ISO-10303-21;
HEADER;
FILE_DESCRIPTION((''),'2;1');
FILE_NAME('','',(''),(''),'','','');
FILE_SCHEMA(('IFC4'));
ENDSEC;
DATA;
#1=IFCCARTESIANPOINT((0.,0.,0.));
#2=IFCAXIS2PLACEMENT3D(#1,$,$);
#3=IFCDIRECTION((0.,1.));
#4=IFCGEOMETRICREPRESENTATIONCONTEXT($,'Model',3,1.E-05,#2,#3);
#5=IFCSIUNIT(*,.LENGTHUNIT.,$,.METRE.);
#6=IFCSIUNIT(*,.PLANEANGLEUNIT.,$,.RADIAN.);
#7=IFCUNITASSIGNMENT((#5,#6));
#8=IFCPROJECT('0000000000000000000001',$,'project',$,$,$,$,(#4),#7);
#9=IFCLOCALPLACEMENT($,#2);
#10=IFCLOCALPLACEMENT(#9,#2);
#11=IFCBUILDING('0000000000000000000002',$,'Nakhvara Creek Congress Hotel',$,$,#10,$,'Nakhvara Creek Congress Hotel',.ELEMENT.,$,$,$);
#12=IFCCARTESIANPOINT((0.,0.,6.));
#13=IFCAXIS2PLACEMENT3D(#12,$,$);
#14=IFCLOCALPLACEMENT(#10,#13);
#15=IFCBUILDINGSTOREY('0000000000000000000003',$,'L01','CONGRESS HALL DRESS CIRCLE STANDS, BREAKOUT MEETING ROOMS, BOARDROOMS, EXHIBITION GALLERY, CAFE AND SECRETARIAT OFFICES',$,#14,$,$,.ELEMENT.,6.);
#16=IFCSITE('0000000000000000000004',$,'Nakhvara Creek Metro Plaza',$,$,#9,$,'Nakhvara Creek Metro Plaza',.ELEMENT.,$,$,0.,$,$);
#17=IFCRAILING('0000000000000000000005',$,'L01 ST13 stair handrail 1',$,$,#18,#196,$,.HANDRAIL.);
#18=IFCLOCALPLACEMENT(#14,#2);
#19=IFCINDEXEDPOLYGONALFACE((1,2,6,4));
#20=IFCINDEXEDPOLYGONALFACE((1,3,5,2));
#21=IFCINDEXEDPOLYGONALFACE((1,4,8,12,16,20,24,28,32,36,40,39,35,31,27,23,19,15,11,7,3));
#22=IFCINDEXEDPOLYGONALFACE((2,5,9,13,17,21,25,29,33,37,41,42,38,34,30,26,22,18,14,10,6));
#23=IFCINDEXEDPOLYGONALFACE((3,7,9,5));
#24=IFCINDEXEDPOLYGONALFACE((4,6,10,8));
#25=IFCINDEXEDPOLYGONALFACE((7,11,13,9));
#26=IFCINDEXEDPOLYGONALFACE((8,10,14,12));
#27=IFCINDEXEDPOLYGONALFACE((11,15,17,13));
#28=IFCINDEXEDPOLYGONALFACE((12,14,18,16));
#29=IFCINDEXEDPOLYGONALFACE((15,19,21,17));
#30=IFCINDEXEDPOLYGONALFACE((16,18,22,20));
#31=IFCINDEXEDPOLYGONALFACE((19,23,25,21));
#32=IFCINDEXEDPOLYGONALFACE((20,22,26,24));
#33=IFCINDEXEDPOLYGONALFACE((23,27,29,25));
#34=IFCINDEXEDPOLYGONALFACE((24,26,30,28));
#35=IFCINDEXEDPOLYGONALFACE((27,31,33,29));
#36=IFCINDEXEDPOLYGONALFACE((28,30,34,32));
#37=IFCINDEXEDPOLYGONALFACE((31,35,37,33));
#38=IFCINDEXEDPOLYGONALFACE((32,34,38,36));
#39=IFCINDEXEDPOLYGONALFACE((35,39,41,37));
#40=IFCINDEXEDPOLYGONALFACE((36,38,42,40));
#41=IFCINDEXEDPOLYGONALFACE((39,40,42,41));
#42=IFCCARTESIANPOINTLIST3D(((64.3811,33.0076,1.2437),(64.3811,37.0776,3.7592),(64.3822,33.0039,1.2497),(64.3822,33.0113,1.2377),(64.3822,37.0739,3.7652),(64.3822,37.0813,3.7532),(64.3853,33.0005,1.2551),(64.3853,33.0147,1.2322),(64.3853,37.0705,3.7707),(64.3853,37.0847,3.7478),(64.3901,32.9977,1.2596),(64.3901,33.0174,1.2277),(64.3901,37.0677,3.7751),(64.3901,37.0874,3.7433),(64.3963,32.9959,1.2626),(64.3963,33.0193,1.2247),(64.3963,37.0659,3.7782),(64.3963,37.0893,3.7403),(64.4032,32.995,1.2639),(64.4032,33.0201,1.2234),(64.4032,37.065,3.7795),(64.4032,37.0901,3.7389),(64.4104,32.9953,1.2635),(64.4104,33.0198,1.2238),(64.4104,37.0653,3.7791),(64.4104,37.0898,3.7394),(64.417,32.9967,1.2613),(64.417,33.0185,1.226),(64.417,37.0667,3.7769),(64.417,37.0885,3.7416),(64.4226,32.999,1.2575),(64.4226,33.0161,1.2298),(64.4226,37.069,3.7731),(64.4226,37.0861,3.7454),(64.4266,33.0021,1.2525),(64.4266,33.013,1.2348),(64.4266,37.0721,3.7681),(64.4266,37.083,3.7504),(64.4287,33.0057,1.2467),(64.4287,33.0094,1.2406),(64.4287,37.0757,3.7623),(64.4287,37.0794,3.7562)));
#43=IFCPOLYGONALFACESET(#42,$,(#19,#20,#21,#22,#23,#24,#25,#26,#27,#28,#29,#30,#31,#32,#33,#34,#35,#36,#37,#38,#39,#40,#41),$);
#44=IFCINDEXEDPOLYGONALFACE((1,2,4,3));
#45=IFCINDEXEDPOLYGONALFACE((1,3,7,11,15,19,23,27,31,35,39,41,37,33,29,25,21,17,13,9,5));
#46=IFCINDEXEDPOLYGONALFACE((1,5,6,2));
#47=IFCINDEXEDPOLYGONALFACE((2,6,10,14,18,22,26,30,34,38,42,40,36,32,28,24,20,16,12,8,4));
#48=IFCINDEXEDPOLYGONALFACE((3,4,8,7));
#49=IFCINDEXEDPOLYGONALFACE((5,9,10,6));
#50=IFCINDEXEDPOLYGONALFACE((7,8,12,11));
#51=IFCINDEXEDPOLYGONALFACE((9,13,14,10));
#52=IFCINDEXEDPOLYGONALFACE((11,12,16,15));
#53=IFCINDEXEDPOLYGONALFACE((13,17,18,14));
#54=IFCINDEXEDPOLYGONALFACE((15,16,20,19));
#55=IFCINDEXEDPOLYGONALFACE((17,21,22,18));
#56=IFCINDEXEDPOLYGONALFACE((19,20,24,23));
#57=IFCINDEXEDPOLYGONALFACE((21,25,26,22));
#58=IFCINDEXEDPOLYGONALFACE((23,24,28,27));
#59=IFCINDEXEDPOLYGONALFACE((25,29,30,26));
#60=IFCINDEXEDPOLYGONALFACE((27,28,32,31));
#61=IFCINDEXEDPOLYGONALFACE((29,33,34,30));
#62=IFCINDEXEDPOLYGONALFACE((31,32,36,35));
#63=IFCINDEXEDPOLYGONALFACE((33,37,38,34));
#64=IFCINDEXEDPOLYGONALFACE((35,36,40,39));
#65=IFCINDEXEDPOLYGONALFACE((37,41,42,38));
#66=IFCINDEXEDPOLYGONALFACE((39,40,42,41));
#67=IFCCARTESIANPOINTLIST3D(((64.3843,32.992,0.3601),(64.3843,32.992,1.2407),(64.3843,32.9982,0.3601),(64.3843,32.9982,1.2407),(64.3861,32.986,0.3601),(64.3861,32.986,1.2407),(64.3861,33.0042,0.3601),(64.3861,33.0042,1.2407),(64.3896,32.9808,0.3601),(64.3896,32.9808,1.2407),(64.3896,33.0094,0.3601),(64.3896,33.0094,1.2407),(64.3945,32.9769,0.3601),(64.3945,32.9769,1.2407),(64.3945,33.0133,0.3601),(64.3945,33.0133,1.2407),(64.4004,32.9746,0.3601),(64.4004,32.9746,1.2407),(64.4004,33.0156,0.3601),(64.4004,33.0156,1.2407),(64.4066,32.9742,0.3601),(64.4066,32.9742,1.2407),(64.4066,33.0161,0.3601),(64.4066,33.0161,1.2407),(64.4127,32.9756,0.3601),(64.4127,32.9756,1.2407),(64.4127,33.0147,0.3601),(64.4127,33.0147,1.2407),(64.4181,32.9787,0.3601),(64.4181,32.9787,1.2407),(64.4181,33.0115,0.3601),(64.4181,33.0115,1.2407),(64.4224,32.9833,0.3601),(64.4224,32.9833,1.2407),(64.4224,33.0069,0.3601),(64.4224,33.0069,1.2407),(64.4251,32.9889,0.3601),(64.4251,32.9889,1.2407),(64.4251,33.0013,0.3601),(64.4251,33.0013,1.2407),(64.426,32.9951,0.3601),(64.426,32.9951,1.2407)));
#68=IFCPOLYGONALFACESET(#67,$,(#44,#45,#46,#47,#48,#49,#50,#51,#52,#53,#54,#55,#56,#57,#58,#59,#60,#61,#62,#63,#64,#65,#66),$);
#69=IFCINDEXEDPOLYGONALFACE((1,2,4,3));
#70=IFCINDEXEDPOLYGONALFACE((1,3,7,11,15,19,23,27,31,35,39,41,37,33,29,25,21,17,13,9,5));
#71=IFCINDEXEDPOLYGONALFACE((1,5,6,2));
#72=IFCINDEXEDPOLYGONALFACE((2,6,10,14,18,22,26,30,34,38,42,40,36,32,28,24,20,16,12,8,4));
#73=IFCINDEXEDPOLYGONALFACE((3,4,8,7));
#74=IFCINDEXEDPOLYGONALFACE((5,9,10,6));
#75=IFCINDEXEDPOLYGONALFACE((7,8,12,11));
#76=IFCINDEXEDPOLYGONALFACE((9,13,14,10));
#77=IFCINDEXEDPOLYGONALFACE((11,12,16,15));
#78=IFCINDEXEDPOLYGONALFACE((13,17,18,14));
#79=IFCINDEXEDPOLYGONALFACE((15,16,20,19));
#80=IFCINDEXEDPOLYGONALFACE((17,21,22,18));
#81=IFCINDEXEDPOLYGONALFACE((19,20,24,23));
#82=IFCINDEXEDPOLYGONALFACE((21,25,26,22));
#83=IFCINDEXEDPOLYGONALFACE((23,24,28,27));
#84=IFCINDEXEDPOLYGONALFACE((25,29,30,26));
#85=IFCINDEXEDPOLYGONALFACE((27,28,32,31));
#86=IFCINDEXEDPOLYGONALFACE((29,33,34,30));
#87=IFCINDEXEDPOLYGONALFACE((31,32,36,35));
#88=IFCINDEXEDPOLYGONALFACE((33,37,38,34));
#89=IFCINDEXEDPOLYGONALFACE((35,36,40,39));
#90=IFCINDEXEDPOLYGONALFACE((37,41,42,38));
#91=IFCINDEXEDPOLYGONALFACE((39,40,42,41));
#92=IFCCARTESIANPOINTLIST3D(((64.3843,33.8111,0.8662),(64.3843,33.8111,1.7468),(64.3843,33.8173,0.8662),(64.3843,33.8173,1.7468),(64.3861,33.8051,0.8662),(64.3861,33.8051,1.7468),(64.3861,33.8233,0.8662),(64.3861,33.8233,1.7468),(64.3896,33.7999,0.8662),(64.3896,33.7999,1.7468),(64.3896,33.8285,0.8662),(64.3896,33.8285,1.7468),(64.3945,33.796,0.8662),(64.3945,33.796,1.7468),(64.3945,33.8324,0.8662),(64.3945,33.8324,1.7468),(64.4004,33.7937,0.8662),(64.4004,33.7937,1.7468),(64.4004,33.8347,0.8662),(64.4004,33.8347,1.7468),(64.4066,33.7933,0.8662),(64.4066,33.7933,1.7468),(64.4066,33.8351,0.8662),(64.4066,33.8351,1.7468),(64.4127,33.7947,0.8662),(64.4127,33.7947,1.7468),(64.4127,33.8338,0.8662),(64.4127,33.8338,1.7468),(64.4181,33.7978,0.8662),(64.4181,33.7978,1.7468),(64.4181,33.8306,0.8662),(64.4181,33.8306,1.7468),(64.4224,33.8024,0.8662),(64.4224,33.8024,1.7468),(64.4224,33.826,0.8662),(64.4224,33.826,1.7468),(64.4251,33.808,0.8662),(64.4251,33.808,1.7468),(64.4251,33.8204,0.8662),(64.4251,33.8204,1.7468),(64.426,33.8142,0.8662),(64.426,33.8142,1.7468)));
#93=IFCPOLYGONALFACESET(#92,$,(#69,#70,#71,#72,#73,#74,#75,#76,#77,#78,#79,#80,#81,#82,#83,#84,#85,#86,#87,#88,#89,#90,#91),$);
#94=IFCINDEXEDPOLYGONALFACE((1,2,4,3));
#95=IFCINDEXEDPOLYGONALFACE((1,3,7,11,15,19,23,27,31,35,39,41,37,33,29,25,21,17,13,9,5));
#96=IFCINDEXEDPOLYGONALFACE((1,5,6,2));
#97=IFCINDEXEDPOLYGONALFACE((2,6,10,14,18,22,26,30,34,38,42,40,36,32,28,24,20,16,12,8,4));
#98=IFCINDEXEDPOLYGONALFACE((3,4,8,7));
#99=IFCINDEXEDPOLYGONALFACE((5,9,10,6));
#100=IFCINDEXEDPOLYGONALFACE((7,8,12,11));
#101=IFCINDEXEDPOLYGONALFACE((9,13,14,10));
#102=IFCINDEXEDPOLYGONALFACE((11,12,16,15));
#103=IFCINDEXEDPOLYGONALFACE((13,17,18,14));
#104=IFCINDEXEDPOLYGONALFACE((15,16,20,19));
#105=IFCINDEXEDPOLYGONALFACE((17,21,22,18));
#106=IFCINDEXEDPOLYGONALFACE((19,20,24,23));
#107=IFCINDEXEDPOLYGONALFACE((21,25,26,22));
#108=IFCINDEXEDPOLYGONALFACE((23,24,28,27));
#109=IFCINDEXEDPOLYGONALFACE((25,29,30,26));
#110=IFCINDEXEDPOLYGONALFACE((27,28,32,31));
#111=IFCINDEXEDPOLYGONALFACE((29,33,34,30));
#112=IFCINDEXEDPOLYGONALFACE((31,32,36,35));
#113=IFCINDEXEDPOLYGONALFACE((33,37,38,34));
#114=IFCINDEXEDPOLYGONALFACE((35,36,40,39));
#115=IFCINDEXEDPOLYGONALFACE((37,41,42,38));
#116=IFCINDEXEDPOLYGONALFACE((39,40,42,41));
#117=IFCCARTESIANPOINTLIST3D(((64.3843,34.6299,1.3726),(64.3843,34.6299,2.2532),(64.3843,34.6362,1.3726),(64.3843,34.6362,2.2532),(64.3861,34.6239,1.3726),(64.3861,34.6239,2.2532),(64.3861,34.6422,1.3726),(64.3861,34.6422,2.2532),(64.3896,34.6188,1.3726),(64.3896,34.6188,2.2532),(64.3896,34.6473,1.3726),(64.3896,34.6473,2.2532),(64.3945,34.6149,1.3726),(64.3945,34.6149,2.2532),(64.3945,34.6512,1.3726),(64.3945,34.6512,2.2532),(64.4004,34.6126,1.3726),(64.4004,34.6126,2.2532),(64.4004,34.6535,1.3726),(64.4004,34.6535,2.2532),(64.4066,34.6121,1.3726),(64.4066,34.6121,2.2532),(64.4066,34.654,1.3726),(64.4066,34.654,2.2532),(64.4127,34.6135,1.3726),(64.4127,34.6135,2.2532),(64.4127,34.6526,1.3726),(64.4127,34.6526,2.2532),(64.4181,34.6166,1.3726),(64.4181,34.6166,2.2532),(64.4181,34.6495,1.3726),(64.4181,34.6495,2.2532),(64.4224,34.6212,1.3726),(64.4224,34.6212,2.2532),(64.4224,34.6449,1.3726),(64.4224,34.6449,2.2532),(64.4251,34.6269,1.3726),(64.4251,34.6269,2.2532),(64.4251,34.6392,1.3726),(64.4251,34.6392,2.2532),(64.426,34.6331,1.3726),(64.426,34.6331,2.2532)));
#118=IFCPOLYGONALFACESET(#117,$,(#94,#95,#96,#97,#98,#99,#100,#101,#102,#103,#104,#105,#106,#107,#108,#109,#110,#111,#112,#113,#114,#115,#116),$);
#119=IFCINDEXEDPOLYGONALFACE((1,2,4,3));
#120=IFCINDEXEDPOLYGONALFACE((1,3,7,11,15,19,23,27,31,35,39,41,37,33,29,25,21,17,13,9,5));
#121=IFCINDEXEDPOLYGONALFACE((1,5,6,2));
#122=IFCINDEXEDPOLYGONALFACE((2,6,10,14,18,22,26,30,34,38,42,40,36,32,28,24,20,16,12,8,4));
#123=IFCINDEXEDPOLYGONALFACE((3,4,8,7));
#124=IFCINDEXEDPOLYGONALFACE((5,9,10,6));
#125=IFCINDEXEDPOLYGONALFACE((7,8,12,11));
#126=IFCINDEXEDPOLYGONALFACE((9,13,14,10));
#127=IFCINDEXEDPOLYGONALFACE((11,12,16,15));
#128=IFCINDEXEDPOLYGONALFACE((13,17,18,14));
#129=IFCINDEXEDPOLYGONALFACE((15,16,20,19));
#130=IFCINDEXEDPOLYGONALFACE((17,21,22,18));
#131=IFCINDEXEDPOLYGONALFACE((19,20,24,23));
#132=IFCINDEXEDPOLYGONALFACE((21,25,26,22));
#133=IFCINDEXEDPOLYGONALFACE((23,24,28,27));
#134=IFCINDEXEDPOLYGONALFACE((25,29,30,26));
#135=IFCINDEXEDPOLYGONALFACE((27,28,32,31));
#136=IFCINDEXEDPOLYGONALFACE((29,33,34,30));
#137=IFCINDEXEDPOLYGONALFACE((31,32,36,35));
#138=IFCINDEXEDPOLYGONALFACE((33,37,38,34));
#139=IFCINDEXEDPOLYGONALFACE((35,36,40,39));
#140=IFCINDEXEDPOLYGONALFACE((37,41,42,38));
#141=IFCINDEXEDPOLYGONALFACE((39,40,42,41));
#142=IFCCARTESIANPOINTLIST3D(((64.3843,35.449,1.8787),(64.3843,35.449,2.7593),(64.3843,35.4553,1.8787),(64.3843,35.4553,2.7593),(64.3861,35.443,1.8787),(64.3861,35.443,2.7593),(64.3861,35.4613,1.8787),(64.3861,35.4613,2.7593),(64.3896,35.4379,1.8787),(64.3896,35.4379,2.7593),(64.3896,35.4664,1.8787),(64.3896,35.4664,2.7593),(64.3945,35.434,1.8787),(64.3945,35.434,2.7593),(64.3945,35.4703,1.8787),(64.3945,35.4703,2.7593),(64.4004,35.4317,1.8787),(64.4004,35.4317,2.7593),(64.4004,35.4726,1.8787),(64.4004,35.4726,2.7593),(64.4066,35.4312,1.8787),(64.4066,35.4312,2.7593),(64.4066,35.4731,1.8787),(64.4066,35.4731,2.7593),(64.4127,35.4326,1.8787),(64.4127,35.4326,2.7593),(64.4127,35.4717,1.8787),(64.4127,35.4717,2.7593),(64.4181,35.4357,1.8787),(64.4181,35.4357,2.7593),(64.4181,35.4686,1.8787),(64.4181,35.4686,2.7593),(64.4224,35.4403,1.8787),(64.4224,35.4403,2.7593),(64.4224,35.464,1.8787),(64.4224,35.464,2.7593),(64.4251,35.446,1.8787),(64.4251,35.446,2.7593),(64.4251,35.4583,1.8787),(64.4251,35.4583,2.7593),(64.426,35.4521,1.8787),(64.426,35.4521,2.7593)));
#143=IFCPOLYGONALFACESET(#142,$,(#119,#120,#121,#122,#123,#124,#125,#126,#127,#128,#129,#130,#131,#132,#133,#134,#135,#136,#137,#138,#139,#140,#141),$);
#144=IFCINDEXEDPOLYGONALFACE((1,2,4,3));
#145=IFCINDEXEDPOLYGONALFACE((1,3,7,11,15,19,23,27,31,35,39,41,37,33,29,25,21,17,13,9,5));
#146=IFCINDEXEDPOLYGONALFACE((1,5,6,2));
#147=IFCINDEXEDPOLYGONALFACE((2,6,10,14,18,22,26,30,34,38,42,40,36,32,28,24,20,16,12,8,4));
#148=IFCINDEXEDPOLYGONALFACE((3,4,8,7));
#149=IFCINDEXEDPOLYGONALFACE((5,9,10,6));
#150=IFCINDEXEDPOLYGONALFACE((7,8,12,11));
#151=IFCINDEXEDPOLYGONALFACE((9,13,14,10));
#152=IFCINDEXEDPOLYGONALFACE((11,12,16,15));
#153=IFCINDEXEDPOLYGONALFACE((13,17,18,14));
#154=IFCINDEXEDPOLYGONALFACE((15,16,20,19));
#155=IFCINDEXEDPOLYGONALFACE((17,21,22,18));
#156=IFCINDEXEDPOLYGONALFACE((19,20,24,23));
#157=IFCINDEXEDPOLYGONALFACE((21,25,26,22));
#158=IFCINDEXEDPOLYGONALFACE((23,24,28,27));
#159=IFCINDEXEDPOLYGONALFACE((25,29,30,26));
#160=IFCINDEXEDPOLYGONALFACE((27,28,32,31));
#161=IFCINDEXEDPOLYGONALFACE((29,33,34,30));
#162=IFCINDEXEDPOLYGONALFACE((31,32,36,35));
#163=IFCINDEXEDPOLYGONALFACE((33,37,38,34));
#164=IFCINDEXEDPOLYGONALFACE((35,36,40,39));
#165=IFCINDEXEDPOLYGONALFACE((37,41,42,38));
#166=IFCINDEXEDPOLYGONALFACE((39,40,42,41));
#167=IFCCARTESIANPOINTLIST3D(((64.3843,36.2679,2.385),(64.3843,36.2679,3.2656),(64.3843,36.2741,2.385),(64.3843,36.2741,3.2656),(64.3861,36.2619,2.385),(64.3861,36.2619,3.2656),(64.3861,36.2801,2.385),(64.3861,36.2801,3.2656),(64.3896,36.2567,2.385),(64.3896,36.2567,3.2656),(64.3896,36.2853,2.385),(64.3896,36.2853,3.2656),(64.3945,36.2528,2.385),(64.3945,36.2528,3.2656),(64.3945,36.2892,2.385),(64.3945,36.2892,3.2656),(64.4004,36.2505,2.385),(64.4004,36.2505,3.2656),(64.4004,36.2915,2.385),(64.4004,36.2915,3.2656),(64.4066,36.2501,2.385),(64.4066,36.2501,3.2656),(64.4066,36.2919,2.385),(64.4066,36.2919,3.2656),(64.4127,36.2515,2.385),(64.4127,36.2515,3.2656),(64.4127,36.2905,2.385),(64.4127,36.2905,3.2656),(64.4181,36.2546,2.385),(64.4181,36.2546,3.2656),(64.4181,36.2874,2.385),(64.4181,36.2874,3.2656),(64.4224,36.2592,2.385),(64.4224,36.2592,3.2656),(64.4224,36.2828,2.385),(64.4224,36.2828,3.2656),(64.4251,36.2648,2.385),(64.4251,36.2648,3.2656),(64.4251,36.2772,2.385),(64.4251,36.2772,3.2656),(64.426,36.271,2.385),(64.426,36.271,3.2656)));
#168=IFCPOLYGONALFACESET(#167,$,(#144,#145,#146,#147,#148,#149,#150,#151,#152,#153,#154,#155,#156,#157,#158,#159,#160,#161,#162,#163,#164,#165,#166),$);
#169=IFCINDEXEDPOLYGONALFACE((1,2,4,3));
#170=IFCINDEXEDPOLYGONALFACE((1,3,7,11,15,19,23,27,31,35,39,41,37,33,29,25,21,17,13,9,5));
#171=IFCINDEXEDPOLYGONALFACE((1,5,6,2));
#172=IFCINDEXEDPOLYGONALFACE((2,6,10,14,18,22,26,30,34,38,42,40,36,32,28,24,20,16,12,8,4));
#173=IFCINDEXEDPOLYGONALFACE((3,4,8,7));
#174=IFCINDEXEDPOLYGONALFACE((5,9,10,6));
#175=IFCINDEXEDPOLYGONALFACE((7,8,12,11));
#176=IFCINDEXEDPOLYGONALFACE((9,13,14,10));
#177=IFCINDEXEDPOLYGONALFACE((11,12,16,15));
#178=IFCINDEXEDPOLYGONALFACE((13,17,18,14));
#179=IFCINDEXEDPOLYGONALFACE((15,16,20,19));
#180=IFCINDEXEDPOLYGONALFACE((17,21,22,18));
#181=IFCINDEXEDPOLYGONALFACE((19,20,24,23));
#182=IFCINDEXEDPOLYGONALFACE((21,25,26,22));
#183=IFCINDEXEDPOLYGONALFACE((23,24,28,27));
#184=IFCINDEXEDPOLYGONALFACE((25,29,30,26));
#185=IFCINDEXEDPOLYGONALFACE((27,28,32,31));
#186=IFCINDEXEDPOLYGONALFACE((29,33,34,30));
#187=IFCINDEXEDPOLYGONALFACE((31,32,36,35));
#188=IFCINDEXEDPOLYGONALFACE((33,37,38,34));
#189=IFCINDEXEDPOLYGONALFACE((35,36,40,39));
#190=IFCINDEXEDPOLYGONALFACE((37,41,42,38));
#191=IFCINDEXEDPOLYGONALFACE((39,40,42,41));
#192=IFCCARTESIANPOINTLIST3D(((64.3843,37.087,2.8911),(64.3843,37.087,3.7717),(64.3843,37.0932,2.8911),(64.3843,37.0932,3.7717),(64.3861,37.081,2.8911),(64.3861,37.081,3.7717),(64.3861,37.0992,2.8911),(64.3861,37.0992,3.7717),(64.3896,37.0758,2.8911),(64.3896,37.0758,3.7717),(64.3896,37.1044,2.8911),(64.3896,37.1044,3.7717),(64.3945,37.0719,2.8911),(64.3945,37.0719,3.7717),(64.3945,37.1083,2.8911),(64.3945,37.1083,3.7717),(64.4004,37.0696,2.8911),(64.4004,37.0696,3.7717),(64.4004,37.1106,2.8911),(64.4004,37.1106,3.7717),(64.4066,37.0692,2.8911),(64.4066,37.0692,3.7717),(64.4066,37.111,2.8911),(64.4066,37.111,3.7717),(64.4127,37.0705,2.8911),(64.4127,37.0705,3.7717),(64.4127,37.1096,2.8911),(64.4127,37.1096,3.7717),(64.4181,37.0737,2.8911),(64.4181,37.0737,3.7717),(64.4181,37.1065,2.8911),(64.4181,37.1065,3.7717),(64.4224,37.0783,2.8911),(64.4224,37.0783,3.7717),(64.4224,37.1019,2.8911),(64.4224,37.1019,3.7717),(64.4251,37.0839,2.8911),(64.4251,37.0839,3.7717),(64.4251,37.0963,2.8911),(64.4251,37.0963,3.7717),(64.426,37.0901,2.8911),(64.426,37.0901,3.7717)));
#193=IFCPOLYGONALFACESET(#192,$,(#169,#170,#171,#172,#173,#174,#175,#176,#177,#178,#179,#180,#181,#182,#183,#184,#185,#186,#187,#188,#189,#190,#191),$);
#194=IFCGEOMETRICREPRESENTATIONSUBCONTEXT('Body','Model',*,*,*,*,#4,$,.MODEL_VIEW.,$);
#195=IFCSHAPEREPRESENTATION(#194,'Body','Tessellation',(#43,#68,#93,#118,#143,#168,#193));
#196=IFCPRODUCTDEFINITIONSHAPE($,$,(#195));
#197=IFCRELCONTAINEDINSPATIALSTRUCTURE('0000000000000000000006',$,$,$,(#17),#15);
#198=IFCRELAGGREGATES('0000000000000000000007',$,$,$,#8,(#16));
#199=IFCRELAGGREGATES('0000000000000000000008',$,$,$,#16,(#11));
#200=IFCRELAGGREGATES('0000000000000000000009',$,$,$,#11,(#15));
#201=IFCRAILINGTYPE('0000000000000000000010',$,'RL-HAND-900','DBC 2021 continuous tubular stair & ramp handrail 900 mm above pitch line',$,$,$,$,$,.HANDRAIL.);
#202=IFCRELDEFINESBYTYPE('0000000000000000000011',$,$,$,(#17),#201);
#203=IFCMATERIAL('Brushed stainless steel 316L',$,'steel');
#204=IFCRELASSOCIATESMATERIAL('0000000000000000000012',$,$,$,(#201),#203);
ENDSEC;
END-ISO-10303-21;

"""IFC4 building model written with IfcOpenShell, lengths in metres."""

from ifc_helpers import new_model, si_unit, direction, frame, origin, origin_2d, place, context, subcontext, project, spatial, circle, extrude, material, type_object, element, save


model = new_model("IFC4")

# Units and contexts
model_context = context("Model", 3, precision=1e-05, world=origin(), true_north=direction((0.0, 1.0)))
body_context = subcontext(model_context, "Body", "Model", "MODEL_VIEW")
ifc_project = project(units=[si_unit("LENGTHUNIT", "METRE"), si_unit("PLANEANGLEUNIT", "RADIAN")], contexts=[model_context])

# Site, building, storey
site_placement = place(None, origin())
site = spatial("IfcSite", under=ifc_project, at=site_placement, Name="Nakhvara Creek Metro Plaza", LongName="Nakhvara Creek Metro Plaza", CompositionType="ELEMENT", RefElevation=0.0)
building_placement = place(site_placement, origin())
building = spatial("IfcBuilding", under=site, at=building_placement, Name="Nakhvara Creek Congress Hotel", LongName="Nakhvara Creek Congress Hotel", CompositionType="ELEMENT")
storey_placement = place(building_placement, frame((0.0, 0.0, 6.0)))
storey = spatial("IfcBuildingStorey", under=building, at=storey_placement, Name="L01", Description="CONGRESS HALL DRESS CIRCLE STANDS, BREAKOUT MEETING ROOMS, BOARDROOMS, EXHIBITION GALLERY, CAFE AND SECRETARIAT OFFICES", CompositionType="ELEMENT", Elevation=6.0)

# Railing
ifc_material_1 = material(Name="Brushed stainless steel 316L", Category="steel")
railing_type_1 = type_object("IfcRailingType", Name="RL-HAND-900", Description="DBC 2021 continuous tubular stair & ramp handrail 900 mm above pitch line", PredefinedType="HANDRAIL", material=ifc_material_1)
railing_1_placement = place(storey_placement, frame((64.405, 32.9951, 0.3601)))
element("IfcRailing", 1, at=railing_1_placement, inside=storey, type_object=railing_type_1, Name="L01 ST13 stair handrail 1", PredefinedType="HANDRAIL", context=body_context, shape_type="SweptSolid", body=[
    extrude(circle(Radius=0.0239, at=origin_2d()), frame((0.0, 0.0125, 0.8835), z_axis=(0.0, 0.850635, 0.525757), x_axis=(-1.0, 0.0, 0.0)), (0.0, 0.0, 1.0), 4.7847),
    extrude(circle(Radius=0.021, at=origin_2d()), origin(), (0.0, 0.0, 1.0), 0.8806),
    extrude(circle(Radius=0.021, at=origin_2d()), frame((0.0, 0.8191, 0.5061)), (0.0, 0.0, 1.0), 0.8806),
    extrude(circle(Radius=0.021, at=origin_2d()), frame((0.0, 1.6379, 1.0125)), (0.0, 0.0, 1.0), 0.8806),
    extrude(circle(Radius=0.021, at=origin_2d()), frame((0.0, 2.457, 1.5186)), (0.0, 0.0, 1.0), 0.8806),
    extrude(circle(Radius=0.021, at=origin_2d()), frame((0.0, 3.2759, 2.0249)), (0.0, 0.0, 1.0), 0.8806),
    extrude(circle(Radius=0.021, at=origin_2d()), frame((0.0, 4.095, 2.531)), (0.0, 0.0, 1.0), 0.8806),
])

save(model, "model.ifc")
